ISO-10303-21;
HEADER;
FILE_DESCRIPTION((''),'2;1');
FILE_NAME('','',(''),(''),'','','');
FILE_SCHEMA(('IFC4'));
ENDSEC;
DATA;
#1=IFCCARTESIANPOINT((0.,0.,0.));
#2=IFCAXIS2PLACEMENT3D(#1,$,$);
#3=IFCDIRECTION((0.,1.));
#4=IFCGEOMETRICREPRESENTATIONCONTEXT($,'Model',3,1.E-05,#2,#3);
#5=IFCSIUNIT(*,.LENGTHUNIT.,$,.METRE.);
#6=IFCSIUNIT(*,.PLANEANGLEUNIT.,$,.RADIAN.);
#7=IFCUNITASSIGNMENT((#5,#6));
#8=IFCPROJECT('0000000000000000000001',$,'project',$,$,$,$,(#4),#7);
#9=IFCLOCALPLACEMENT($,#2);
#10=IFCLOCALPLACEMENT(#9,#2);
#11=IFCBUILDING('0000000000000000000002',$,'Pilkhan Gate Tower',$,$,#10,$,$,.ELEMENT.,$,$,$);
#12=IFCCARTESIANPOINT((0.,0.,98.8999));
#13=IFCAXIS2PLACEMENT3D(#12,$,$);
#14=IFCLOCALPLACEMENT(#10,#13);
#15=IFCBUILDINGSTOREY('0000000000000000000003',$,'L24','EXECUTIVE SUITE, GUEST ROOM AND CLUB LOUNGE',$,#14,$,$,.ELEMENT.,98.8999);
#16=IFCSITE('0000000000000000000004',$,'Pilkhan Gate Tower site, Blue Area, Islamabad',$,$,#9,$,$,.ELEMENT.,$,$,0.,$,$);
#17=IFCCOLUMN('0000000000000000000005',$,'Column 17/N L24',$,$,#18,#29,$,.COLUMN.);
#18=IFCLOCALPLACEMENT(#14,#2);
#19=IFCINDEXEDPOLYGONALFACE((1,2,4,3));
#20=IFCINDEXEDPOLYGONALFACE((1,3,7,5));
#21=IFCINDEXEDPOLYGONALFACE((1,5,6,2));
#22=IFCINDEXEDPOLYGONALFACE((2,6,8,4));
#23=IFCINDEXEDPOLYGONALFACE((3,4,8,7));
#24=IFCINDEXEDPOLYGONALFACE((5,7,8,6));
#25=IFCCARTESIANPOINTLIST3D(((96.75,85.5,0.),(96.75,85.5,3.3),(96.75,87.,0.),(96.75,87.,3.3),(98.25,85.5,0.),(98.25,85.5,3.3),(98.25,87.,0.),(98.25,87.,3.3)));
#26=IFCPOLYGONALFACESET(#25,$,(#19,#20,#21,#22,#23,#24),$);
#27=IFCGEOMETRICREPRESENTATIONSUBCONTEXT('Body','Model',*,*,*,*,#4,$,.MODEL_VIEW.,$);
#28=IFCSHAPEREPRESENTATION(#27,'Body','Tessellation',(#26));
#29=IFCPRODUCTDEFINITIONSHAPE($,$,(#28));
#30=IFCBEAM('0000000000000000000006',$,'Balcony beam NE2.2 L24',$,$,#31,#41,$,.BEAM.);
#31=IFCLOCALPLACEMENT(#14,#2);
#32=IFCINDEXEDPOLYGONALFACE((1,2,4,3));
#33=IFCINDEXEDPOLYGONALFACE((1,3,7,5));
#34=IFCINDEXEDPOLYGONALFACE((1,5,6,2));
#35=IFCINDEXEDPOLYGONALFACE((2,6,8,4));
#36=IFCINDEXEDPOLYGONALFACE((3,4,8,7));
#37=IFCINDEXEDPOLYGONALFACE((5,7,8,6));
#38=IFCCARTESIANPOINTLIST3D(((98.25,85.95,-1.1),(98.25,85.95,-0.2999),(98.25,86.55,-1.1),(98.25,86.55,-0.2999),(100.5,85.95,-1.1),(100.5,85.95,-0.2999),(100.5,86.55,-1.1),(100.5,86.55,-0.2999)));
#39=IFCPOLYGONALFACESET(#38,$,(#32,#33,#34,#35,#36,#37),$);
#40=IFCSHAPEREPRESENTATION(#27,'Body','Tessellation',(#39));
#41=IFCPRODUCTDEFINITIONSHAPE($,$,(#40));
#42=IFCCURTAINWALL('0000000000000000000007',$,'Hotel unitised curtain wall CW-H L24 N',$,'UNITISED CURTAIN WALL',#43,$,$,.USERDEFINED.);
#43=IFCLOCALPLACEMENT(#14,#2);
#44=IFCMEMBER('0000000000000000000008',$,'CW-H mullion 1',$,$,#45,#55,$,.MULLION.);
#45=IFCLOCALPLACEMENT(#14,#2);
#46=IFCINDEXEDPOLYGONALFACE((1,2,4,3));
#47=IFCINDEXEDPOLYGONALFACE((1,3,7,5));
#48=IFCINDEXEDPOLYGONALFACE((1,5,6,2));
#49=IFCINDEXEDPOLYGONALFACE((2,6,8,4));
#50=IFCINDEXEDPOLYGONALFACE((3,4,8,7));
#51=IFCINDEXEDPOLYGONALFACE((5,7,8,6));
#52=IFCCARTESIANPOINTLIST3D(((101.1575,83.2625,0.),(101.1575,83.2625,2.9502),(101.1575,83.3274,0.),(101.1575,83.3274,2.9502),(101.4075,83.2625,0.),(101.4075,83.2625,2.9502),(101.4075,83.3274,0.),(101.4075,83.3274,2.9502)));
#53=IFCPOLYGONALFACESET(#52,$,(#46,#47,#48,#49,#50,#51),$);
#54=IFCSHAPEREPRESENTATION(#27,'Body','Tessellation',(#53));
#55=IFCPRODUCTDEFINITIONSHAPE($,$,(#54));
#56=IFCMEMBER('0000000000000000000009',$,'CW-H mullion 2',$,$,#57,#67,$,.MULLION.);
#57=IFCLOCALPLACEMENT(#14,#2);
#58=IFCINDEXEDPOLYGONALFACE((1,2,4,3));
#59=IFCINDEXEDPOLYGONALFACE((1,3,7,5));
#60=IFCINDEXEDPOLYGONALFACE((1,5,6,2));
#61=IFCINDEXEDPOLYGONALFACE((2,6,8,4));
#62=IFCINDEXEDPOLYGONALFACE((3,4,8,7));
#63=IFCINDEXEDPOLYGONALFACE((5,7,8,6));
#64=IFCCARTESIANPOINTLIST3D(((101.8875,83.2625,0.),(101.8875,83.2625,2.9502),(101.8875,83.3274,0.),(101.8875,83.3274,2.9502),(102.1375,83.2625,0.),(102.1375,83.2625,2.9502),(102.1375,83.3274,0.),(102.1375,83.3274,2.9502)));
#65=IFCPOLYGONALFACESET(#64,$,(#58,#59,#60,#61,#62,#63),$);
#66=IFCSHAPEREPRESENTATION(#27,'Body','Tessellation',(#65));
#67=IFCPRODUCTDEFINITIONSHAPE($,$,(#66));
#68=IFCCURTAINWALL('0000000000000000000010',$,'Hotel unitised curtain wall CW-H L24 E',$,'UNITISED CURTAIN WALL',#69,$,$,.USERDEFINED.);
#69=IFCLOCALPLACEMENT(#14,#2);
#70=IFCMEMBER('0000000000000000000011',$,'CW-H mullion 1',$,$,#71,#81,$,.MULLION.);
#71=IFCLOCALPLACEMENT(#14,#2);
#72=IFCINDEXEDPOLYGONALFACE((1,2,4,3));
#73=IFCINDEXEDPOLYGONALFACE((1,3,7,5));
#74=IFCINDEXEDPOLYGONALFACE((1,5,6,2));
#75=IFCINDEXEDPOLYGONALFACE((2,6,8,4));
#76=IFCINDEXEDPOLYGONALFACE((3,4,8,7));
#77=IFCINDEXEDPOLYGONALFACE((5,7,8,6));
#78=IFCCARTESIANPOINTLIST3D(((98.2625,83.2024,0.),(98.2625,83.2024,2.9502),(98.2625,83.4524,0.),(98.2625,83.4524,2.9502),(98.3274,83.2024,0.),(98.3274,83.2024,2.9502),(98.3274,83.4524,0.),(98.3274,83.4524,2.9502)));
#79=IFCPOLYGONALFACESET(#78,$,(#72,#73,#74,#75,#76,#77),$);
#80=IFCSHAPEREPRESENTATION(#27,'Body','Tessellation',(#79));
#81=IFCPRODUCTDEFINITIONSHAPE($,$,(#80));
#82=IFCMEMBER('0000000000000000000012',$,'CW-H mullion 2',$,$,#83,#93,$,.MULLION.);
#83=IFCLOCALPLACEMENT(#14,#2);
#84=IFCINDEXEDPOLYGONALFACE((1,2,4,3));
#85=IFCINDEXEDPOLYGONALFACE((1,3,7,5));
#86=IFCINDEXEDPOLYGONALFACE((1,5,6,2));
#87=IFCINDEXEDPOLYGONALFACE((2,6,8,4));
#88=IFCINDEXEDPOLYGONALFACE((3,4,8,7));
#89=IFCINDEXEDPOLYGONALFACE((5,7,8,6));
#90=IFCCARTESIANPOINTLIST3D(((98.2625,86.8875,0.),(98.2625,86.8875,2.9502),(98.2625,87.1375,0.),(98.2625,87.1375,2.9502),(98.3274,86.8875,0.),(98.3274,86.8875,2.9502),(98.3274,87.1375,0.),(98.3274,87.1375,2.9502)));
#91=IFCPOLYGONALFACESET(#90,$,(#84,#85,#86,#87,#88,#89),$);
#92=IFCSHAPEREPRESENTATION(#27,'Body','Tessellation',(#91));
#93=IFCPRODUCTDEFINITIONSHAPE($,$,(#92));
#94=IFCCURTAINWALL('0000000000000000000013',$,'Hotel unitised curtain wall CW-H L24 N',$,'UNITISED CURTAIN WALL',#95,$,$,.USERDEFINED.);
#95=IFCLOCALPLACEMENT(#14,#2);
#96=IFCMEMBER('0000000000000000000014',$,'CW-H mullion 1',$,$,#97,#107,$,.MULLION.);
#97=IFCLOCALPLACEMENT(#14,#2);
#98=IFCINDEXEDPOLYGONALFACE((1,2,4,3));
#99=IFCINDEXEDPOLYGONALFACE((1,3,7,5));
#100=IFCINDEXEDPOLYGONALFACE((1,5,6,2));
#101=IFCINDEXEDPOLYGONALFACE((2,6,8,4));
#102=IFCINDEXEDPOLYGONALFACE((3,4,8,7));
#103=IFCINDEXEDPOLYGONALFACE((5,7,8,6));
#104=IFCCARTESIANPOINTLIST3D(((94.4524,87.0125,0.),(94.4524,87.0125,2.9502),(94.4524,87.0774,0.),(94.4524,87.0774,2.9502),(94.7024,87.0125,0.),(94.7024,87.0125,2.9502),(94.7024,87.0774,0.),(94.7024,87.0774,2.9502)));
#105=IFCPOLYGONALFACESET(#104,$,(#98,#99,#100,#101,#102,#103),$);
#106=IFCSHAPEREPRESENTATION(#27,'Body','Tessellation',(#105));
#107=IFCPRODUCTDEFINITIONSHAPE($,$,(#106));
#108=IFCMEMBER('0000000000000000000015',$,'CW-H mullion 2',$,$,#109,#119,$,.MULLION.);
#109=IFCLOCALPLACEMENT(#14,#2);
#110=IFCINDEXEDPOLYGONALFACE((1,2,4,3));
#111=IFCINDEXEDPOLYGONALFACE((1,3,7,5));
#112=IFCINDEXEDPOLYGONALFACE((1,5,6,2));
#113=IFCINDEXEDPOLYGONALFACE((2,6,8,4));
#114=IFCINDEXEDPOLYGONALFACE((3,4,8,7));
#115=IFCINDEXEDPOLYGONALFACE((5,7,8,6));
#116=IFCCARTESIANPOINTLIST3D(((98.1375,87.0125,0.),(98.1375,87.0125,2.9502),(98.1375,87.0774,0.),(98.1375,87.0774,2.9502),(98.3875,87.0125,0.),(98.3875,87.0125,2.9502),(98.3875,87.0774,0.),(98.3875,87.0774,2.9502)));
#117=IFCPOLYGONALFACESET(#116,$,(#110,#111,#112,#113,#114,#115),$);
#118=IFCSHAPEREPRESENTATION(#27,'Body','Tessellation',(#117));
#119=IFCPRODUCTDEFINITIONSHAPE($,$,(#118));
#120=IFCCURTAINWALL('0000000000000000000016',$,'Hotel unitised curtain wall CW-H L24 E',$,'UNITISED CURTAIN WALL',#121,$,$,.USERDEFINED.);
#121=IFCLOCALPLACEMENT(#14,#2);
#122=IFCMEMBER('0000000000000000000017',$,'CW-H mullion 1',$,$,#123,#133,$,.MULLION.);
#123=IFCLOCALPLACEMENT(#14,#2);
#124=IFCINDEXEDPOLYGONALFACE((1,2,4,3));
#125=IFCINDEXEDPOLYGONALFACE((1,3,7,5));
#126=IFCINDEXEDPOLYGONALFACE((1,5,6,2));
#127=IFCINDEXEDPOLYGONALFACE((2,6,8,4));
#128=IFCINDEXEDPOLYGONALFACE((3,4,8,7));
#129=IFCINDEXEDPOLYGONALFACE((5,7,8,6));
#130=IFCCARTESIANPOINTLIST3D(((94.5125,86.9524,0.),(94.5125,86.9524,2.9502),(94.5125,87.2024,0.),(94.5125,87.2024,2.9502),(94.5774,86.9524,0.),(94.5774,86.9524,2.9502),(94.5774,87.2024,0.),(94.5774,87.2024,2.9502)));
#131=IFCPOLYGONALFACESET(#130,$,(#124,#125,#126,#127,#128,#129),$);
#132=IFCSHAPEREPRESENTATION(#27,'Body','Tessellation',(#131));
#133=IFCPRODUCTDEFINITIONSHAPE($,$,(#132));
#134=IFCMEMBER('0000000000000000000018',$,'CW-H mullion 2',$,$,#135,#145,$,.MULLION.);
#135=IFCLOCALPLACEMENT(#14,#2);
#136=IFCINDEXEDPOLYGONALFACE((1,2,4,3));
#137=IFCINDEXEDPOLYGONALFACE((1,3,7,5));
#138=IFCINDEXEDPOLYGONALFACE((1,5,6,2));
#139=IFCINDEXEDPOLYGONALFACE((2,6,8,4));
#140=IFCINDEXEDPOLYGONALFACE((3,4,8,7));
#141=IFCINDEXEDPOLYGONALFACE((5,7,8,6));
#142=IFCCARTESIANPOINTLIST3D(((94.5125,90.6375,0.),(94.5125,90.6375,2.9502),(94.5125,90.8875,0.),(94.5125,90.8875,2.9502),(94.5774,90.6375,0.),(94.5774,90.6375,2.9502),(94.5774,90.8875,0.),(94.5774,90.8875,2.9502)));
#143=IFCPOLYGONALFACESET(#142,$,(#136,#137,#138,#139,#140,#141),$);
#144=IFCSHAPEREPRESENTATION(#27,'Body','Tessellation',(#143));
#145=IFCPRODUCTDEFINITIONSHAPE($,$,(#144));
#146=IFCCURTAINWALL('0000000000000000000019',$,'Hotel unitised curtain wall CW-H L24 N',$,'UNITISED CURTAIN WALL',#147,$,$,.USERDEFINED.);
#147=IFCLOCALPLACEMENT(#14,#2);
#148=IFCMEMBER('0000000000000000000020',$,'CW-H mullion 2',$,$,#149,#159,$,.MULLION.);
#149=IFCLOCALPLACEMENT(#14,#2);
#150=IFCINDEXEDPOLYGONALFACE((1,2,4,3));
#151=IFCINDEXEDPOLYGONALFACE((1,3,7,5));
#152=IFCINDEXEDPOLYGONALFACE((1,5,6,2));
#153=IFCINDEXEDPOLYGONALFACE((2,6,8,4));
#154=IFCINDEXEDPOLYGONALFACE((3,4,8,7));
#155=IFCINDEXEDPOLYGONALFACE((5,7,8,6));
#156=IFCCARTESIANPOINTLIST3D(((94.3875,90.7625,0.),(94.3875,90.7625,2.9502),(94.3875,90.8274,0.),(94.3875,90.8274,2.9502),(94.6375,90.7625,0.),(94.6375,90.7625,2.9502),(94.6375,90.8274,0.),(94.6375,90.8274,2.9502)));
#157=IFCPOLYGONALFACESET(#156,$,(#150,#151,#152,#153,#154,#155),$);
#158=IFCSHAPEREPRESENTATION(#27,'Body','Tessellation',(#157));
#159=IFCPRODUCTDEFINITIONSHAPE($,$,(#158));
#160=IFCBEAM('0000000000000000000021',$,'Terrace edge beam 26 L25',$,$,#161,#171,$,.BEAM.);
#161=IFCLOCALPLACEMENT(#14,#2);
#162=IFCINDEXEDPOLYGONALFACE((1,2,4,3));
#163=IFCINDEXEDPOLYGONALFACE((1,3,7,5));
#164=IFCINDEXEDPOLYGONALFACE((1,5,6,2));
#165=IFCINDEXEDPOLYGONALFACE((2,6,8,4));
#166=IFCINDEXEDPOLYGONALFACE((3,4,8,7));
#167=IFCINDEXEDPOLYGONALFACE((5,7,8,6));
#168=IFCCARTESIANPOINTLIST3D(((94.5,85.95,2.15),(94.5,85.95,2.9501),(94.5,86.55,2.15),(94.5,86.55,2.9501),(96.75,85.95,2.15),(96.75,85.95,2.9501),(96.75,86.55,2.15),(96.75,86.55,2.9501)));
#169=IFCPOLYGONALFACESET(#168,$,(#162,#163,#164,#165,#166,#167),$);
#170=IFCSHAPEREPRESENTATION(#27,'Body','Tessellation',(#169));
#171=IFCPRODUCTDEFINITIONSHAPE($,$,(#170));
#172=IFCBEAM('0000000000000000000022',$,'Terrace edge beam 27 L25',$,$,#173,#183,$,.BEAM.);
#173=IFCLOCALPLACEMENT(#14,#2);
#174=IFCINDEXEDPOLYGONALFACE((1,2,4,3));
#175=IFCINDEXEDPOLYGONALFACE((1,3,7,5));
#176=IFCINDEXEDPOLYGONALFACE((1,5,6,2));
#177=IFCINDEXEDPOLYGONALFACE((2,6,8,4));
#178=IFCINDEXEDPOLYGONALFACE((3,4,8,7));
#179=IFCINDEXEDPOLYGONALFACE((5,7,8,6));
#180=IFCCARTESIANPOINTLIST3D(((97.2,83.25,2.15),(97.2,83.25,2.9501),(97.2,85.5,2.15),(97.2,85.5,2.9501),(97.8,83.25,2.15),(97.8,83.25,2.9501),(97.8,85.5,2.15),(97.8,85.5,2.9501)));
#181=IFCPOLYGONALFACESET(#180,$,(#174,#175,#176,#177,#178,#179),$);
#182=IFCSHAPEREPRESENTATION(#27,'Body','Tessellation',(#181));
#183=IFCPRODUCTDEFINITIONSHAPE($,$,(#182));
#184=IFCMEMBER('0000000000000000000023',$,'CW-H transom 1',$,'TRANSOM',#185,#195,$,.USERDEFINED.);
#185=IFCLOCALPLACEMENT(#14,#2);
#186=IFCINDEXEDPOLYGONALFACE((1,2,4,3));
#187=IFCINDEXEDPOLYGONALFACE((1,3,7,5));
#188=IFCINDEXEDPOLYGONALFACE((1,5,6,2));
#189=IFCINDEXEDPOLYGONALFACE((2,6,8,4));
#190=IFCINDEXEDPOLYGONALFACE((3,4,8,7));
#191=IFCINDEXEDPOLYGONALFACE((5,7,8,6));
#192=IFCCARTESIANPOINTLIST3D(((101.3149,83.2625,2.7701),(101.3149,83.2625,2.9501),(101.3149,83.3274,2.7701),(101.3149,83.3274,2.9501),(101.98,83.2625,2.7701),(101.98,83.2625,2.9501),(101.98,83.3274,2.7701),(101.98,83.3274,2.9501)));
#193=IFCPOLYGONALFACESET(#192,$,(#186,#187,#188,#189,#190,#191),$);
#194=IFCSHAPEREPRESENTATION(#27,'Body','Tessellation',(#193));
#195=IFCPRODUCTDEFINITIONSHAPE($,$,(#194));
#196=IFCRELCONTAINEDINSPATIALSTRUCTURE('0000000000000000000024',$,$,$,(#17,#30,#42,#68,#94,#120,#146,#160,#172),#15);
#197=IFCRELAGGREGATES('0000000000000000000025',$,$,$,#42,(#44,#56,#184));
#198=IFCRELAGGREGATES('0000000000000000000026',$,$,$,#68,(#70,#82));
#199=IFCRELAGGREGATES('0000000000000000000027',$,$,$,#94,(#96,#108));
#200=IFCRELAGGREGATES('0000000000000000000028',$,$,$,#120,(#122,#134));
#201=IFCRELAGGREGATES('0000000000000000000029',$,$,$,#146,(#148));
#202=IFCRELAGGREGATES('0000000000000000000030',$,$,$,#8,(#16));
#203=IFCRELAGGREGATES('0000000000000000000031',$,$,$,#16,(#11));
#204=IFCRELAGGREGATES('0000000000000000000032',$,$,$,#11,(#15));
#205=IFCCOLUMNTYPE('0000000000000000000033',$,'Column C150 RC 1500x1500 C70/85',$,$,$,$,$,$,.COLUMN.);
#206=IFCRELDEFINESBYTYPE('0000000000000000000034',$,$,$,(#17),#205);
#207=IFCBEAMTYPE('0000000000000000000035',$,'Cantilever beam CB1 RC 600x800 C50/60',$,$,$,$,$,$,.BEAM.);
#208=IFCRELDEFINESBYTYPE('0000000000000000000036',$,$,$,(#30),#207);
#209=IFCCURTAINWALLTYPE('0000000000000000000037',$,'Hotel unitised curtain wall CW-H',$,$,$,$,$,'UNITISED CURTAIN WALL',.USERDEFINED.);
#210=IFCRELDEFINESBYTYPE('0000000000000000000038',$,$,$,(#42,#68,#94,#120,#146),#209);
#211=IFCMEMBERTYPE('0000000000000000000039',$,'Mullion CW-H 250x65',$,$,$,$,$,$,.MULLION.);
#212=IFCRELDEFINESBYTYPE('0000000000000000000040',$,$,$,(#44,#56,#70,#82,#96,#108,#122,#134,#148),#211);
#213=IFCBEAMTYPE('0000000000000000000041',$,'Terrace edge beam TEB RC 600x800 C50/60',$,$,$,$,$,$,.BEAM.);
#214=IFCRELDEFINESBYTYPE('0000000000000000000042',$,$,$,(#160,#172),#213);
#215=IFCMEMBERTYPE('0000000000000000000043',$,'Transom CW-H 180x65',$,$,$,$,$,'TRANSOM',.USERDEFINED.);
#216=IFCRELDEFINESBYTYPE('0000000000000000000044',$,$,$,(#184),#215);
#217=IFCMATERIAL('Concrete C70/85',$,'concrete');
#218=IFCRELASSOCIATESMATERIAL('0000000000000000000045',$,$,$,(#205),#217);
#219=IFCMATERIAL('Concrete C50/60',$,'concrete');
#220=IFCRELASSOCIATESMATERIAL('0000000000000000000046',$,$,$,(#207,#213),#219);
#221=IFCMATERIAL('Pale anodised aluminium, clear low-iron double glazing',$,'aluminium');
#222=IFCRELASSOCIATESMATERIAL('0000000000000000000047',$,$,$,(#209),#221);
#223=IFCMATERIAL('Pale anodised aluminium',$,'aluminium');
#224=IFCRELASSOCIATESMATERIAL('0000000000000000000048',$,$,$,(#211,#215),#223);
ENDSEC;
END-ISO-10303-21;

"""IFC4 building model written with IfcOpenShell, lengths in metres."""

from ifc_helpers import new_model, si_unit, direction, frame, origin, origin_2d, place, context, subcontext, project, spatial, rectangle, extrude, material, material_profile, profile_set, type_object, element, aggregate, save


model = new_model("IFC4")

# Units and contexts
model_context = context("Model", 3, precision=1e-05, world=origin(), true_north=direction((0.0, 1.0)))
body_context = subcontext(model_context, "Body", "Model", "MODEL_VIEW")
ifc_project = project(units=[si_unit("LENGTHUNIT", "METRE"), si_unit("PLANEANGLEUNIT", "RADIAN")], contexts=[model_context])

# Site, building, storey
site_placement = place(None, origin())
site = spatial("IfcSite", under=ifc_project, at=site_placement, Name="Pilkhan Gate Tower site, Blue Area, Islamabad", CompositionType="ELEMENT", RefElevation=0.0)
building_placement = place(site_placement, origin())
building = spatial("IfcBuilding", under=site, at=building_placement, Name="Pilkhan Gate Tower", CompositionType="ELEMENT")
storey_placement = place(building_placement, frame((0.0, 0.0, 98.8999)))
storey = spatial("IfcBuildingStorey", under=building, at=storey_placement, Name="L24", Description="EXECUTIVE SUITE, GUEST ROOM AND CLUB LOUNGE", CompositionType="ELEMENT", Elevation=98.8999)

# Column
ifc_material_1 = material(Name="Concrete C70/85", Category="concrete")
ifc_material_profile_1 = material_profile(ifc_material_1, rectangle(XDim=1.5, YDim=1.5, at=origin_2d()), Name="RC 1500x1500")
ifc_profile_set_1 = profile_set([ifc_material_profile_1], Name="Concrete C70/85")
column_type = type_object("IfcColumnType", Name="Column C150 RC 1500x1500 C70/85", PredefinedType="COLUMN", material=ifc_profile_set_1)
column_placement = place(storey_placement, frame((97.5, 86.25, 0.0), z_axis=(0.0, 0.0, 1.0), x_axis=(1.0, 0.0, 0.0)))
element("IfcColumn", 1, at=column_placement, inside=storey, type_object=column_type, Name="Column 17/N L24", PredefinedType="COLUMN", context=body_context, shape_type="SweptSolid", body=[
    extrude(rectangle(XDim=1.5, YDim=1.5, at=origin_2d()), origin(), (0.0, 0.0, 1.0), 3.3),
])

# Beam
ifc_material_2 = material(Name="Concrete C50/60", Category="concrete")
ifc_material_profile_2 = material_profile(ifc_material_2, rectangle(XDim=0.6001, YDim=0.8, at=origin_2d()), Name="RC 600x800")
ifc_profile_set_2 = profile_set([ifc_material_profile_2], Name="Concrete C50/60")
beam_type_1 = type_object("IfcBeamType", Name="Cantilever beam CB1 RC 600x800 C50/60", PredefinedType="BEAM", material=ifc_profile_set_2)
beam_placement = place(storey_placement, frame((98.25, 86.25, -0.7), z_axis=(1.0, 0.0, 0.0), x_axis=(0.0, 1.0, 0.0)))
element("IfcBeam", 2, at=beam_placement, inside=storey, type_object=beam_type_1, Name="Balcony beam NE2.2 L24", PredefinedType="BEAM", context=body_context, shape_type="SweptSolid", body=[
    extrude(rectangle(XDim=0.6001, YDim=0.8, at=origin_2d()), origin(), (0.0, 0.0, 1.0), 2.25),
])

# Curtain walls, members
ifc_material_3 = material(Name="Pale anodised aluminium, clear low-iron double glazing", Category="aluminium")
curtain_wall_type = type_object("IfcCurtainWallType", Name="Hotel unitised curtain wall CW-H", ElementType="UNITISED CURTAIN WALL", PredefinedType="USERDEFINED", material=ifc_material_3)
curtain_wall_1_placement = place(storey_placement, origin())
curtain_wall_1 = element("IfcCurtainWall", 3, at=curtain_wall_1_placement, inside=storey, type_object=curtain_wall_type, Name="Hotel unitised curtain wall CW-H L24 N", ObjectType="UNITISED CURTAIN WALL", PredefinedType="USERDEFINED")
ifc_material_4 = material(Name="Pale anodised aluminium", Category="aluminium")
ifc_material_profile_3 = material_profile(ifc_material_4, rectangle(XDim=0.0649, YDim=0.25, at=origin_2d()), Name="Mullion 250x65")
ifc_profile_set_3 = profile_set([ifc_material_profile_3], Name="Pale anodised aluminium")
member_type_1 = type_object("IfcMemberType", Name="Mullion CW-H 250x65", PredefinedType="MULLION", material=ifc_profile_set_3)
member_1_placement = place(storey_placement, frame((101.2825, 83.2949, 0.0), z_axis=(0.0, 0.0, 1.0), x_axis=(0.0, 1.0, 0.0)))
member_1 = element("IfcMember", 4, at=member_1_placement, type_object=member_type_1, Name="CW-H mullion 1", PredefinedType="MULLION", context=body_context, shape_type="SweptSolid", body=[
    extrude(rectangle(XDim=0.0649, YDim=0.25, at=origin_2d()), origin(), (0.0, 0.0, 1.0), 2.9502),
])
member_2_placement = place(storey_placement, frame((102.0125, 83.2949, 0.0), z_axis=(0.0, 0.0, 1.0), x_axis=(0.0, 1.0, 0.0)))
member_2 = element("IfcMember", 5, at=member_2_placement, type_object=member_type_1, Name="CW-H mullion 2", PredefinedType="MULLION", context=body_context, shape_type="SweptSolid", body=[
    extrude(rectangle(XDim=0.0649, YDim=0.25, at=origin_2d()), origin(), (0.0, 0.0, 1.0), 2.9502),
])
curtain_wall_2_placement = place(storey_placement, origin())
curtain_wall_2 = element("IfcCurtainWall", 6, at=curtain_wall_2_placement, inside=storey, type_object=curtain_wall_type, Name="Hotel unitised curtain wall CW-H L24 E", ObjectType="UNITISED CURTAIN WALL", PredefinedType="USERDEFINED")
member_3_placement = place(storey_placement, frame((98.2949, 83.3274, 0.0), z_axis=(0.0, 0.0, 1.0), x_axis=(-1.0, 0.0, 0.0)))
member_3 = element("IfcMember", 7, at=member_3_placement, type_object=member_type_1, Name="CW-H mullion 1", PredefinedType="MULLION", context=body_context, shape_type="SweptSolid", body=[
    extrude(rectangle(XDim=0.0649, YDim=0.25, at=origin_2d()), origin(), (0.0, 0.0, 1.0), 2.9502),
])
member_4_placement = place(storey_placement, frame((98.2949, 87.0125, 0.0), z_axis=(0.0, 0.0, 1.0), x_axis=(-1.0, 0.0, 0.0)))
member_4 = element("IfcMember", 8, at=member_4_placement, type_object=member_type_1, Name="CW-H mullion 2", PredefinedType="MULLION", context=body_context, shape_type="SweptSolid", body=[
    extrude(rectangle(XDim=0.0649, YDim=0.25, at=origin_2d()), origin(), (0.0, 0.0, 1.0), 2.9502),
])
curtain_wall_3_placement = place(storey_placement, origin())
curtain_wall_3 = element("IfcCurtainWall", 9, at=curtain_wall_3_placement, inside=storey, type_object=curtain_wall_type, Name="Hotel unitised curtain wall CW-H L24 N", ObjectType="UNITISED CURTAIN WALL", PredefinedType="USERDEFINED")
member_5_placement = place(storey_placement, frame((94.5774, 87.0449, 0.0), z_axis=(0.0, 0.0, 1.0), x_axis=(0.0, 1.0, 0.0)))
member_5 = element("IfcMember", 10, at=member_5_placement, type_object=member_type_1, Name="CW-H mullion 1", PredefinedType="MULLION", context=body_context, shape_type="SweptSolid", body=[
    extrude(rectangle(XDim=0.0649, YDim=0.25, at=origin_2d()), origin(), (0.0, 0.0, 1.0), 2.9502),
])
member_6_placement = place(storey_placement, frame((98.2625, 87.0449, 0.0), z_axis=(0.0, 0.0, 1.0), x_axis=(0.0, 1.0, 0.0)))
member_6 = element("IfcMember", 11, at=member_6_placement, type_object=member_type_1, Name="CW-H mullion 2", PredefinedType="MULLION", context=body_context, shape_type="SweptSolid", body=[
    extrude(rectangle(XDim=0.0649, YDim=0.25, at=origin_2d()), origin(), (0.0, 0.0, 1.0), 2.9502),
])
curtain_wall_4_placement = place(storey_placement, origin())
curtain_wall_4 = element("IfcCurtainWall", 12, at=curtain_wall_4_placement, inside=storey, type_object=curtain_wall_type, Name="Hotel unitised curtain wall CW-H L24 E", ObjectType="UNITISED CURTAIN WALL", PredefinedType="USERDEFINED")
member_7_placement = place(storey_placement, frame((94.5449, 87.0774, 0.0), z_axis=(0.0, 0.0, 1.0), x_axis=(-1.0, 0.0, 0.0)))
member_7 = element("IfcMember", 13, at=member_7_placement, type_object=member_type_1, Name="CW-H mullion 1", PredefinedType="MULLION", context=body_context, shape_type="SweptSolid", body=[
    extrude(rectangle(XDim=0.0649, YDim=0.25, at=origin_2d()), origin(), (0.0, 0.0, 1.0), 2.9502),
])
member_8_placement = place(storey_placement, frame((94.5449, 90.7625, 0.0), z_axis=(0.0, 0.0, 1.0), x_axis=(-1.0, 0.0, 0.0)))
member_8 = element("IfcMember", 14, at=member_8_placement, type_object=member_type_1, Name="CW-H mullion 2", PredefinedType="MULLION", context=body_context, shape_type="SweptSolid", body=[
    extrude(rectangle(XDim=0.0649, YDim=0.25, at=origin_2d()), origin(), (0.0, 0.0, 1.0), 2.9502),
])

# Curtain wall, member
curtain_wall_5_placement = place(storey_placement, origin())
curtain_wall_5 = element("IfcCurtainWall", 15, at=curtain_wall_5_placement, inside=storey, type_object=curtain_wall_type, Name="Hotel unitised curtain wall CW-H L24 N", ObjectType="UNITISED CURTAIN WALL", PredefinedType="USERDEFINED")
member_9_placement = place(storey_placement, frame((94.5125, 90.7949, 0.0), z_axis=(0.0, 0.0, 1.0), x_axis=(0.0, 1.0, 0.0)))
member_9 = element("IfcMember", 16, at=member_9_placement, type_object=member_type_1, Name="CW-H mullion 2", PredefinedType="MULLION", context=body_context, shape_type="SweptSolid", body=[
    extrude(rectangle(XDim=0.0649, YDim=0.25, at=origin_2d()), origin(), (0.0, 0.0, 1.0), 2.9502),
])

# Beams
ifc_material_profile_4 = material_profile(ifc_material_2, rectangle(XDim=0.6001, YDim=0.8, at=origin_2d()), Name="RC 600x800")
ifc_profile_set_4 = profile_set([ifc_material_profile_4], Name="Concrete C50/60")
beam_type_2 = type_object("IfcBeamType", Name="Terrace edge beam TEB RC 600x800 C50/60", PredefinedType="BEAM", material=ifc_profile_set_4)
for number, where, z_axis, x_axis, name in (
    (17, (94.5, 86.25, 2.55), (1.0, 0.0, 0.0), (0.0, 1.0, 0.0), "Terrace edge beam 26 L25"),
    (18, (97.5, 85.5, 2.55), (0.0, -1.0, 0.0), (1.0, 0.0, 0.0), "Terrace edge beam 27 L25"),
):
    element("IfcBeam", number, at=place(storey_placement, frame(where, z_axis=z_axis, x_axis=x_axis)), inside=storey, type_object=beam_type_2, Name=name, PredefinedType="BEAM", context=body_context, shape_type="SweptSolid", body=[
        extrude(rectangle(XDim=0.6001, YDim=0.8, at=origin_2d()), origin(), (0.0, 0.0, 1.0), 2.25),
    ])

# Member
ifc_material_profile_5 = material_profile(ifc_material_4, rectangle(XDim=0.0649, YDim=0.1799, at=origin_2d()), Name="Transom 180x65")
ifc_profile_set_5 = profile_set([ifc_material_profile_5], Name="Pale anodised aluminium")
member_type_2 = type_object("IfcMemberType", Name="Transom CW-H 180x65", ElementType="TRANSOM", PredefinedType="USERDEFINED", material=ifc_profile_set_5)
member_10_placement = place(storey_placement, frame((101.3149, 83.2949, 2.8601), z_axis=(1.0, 0.0, 0.0), x_axis=(0.0, 1.0, 0.0)))
member_10 = element("IfcMember", 19, at=member_10_placement, type_object=member_type_2, Name="CW-H transom 1", ObjectType="TRANSOM", PredefinedType="USERDEFINED", context=body_context, shape_type="SweptSolid", body=[
    extrude(rectangle(XDim=0.0649, YDim=0.1799, at=origin_2d()), origin(), (0.0, 0.0, 1.0), 0.665),
])

aggregate(curtain_wall_1, [member_1, member_2, member_10])
aggregate(curtain_wall_2, [member_3, member_4])
aggregate(curtain_wall_3, [member_5, member_6])
aggregate(curtain_wall_4, [member_7, member_8])
aggregate(curtain_wall_5, [member_9])

save(model, "model.ifc")
